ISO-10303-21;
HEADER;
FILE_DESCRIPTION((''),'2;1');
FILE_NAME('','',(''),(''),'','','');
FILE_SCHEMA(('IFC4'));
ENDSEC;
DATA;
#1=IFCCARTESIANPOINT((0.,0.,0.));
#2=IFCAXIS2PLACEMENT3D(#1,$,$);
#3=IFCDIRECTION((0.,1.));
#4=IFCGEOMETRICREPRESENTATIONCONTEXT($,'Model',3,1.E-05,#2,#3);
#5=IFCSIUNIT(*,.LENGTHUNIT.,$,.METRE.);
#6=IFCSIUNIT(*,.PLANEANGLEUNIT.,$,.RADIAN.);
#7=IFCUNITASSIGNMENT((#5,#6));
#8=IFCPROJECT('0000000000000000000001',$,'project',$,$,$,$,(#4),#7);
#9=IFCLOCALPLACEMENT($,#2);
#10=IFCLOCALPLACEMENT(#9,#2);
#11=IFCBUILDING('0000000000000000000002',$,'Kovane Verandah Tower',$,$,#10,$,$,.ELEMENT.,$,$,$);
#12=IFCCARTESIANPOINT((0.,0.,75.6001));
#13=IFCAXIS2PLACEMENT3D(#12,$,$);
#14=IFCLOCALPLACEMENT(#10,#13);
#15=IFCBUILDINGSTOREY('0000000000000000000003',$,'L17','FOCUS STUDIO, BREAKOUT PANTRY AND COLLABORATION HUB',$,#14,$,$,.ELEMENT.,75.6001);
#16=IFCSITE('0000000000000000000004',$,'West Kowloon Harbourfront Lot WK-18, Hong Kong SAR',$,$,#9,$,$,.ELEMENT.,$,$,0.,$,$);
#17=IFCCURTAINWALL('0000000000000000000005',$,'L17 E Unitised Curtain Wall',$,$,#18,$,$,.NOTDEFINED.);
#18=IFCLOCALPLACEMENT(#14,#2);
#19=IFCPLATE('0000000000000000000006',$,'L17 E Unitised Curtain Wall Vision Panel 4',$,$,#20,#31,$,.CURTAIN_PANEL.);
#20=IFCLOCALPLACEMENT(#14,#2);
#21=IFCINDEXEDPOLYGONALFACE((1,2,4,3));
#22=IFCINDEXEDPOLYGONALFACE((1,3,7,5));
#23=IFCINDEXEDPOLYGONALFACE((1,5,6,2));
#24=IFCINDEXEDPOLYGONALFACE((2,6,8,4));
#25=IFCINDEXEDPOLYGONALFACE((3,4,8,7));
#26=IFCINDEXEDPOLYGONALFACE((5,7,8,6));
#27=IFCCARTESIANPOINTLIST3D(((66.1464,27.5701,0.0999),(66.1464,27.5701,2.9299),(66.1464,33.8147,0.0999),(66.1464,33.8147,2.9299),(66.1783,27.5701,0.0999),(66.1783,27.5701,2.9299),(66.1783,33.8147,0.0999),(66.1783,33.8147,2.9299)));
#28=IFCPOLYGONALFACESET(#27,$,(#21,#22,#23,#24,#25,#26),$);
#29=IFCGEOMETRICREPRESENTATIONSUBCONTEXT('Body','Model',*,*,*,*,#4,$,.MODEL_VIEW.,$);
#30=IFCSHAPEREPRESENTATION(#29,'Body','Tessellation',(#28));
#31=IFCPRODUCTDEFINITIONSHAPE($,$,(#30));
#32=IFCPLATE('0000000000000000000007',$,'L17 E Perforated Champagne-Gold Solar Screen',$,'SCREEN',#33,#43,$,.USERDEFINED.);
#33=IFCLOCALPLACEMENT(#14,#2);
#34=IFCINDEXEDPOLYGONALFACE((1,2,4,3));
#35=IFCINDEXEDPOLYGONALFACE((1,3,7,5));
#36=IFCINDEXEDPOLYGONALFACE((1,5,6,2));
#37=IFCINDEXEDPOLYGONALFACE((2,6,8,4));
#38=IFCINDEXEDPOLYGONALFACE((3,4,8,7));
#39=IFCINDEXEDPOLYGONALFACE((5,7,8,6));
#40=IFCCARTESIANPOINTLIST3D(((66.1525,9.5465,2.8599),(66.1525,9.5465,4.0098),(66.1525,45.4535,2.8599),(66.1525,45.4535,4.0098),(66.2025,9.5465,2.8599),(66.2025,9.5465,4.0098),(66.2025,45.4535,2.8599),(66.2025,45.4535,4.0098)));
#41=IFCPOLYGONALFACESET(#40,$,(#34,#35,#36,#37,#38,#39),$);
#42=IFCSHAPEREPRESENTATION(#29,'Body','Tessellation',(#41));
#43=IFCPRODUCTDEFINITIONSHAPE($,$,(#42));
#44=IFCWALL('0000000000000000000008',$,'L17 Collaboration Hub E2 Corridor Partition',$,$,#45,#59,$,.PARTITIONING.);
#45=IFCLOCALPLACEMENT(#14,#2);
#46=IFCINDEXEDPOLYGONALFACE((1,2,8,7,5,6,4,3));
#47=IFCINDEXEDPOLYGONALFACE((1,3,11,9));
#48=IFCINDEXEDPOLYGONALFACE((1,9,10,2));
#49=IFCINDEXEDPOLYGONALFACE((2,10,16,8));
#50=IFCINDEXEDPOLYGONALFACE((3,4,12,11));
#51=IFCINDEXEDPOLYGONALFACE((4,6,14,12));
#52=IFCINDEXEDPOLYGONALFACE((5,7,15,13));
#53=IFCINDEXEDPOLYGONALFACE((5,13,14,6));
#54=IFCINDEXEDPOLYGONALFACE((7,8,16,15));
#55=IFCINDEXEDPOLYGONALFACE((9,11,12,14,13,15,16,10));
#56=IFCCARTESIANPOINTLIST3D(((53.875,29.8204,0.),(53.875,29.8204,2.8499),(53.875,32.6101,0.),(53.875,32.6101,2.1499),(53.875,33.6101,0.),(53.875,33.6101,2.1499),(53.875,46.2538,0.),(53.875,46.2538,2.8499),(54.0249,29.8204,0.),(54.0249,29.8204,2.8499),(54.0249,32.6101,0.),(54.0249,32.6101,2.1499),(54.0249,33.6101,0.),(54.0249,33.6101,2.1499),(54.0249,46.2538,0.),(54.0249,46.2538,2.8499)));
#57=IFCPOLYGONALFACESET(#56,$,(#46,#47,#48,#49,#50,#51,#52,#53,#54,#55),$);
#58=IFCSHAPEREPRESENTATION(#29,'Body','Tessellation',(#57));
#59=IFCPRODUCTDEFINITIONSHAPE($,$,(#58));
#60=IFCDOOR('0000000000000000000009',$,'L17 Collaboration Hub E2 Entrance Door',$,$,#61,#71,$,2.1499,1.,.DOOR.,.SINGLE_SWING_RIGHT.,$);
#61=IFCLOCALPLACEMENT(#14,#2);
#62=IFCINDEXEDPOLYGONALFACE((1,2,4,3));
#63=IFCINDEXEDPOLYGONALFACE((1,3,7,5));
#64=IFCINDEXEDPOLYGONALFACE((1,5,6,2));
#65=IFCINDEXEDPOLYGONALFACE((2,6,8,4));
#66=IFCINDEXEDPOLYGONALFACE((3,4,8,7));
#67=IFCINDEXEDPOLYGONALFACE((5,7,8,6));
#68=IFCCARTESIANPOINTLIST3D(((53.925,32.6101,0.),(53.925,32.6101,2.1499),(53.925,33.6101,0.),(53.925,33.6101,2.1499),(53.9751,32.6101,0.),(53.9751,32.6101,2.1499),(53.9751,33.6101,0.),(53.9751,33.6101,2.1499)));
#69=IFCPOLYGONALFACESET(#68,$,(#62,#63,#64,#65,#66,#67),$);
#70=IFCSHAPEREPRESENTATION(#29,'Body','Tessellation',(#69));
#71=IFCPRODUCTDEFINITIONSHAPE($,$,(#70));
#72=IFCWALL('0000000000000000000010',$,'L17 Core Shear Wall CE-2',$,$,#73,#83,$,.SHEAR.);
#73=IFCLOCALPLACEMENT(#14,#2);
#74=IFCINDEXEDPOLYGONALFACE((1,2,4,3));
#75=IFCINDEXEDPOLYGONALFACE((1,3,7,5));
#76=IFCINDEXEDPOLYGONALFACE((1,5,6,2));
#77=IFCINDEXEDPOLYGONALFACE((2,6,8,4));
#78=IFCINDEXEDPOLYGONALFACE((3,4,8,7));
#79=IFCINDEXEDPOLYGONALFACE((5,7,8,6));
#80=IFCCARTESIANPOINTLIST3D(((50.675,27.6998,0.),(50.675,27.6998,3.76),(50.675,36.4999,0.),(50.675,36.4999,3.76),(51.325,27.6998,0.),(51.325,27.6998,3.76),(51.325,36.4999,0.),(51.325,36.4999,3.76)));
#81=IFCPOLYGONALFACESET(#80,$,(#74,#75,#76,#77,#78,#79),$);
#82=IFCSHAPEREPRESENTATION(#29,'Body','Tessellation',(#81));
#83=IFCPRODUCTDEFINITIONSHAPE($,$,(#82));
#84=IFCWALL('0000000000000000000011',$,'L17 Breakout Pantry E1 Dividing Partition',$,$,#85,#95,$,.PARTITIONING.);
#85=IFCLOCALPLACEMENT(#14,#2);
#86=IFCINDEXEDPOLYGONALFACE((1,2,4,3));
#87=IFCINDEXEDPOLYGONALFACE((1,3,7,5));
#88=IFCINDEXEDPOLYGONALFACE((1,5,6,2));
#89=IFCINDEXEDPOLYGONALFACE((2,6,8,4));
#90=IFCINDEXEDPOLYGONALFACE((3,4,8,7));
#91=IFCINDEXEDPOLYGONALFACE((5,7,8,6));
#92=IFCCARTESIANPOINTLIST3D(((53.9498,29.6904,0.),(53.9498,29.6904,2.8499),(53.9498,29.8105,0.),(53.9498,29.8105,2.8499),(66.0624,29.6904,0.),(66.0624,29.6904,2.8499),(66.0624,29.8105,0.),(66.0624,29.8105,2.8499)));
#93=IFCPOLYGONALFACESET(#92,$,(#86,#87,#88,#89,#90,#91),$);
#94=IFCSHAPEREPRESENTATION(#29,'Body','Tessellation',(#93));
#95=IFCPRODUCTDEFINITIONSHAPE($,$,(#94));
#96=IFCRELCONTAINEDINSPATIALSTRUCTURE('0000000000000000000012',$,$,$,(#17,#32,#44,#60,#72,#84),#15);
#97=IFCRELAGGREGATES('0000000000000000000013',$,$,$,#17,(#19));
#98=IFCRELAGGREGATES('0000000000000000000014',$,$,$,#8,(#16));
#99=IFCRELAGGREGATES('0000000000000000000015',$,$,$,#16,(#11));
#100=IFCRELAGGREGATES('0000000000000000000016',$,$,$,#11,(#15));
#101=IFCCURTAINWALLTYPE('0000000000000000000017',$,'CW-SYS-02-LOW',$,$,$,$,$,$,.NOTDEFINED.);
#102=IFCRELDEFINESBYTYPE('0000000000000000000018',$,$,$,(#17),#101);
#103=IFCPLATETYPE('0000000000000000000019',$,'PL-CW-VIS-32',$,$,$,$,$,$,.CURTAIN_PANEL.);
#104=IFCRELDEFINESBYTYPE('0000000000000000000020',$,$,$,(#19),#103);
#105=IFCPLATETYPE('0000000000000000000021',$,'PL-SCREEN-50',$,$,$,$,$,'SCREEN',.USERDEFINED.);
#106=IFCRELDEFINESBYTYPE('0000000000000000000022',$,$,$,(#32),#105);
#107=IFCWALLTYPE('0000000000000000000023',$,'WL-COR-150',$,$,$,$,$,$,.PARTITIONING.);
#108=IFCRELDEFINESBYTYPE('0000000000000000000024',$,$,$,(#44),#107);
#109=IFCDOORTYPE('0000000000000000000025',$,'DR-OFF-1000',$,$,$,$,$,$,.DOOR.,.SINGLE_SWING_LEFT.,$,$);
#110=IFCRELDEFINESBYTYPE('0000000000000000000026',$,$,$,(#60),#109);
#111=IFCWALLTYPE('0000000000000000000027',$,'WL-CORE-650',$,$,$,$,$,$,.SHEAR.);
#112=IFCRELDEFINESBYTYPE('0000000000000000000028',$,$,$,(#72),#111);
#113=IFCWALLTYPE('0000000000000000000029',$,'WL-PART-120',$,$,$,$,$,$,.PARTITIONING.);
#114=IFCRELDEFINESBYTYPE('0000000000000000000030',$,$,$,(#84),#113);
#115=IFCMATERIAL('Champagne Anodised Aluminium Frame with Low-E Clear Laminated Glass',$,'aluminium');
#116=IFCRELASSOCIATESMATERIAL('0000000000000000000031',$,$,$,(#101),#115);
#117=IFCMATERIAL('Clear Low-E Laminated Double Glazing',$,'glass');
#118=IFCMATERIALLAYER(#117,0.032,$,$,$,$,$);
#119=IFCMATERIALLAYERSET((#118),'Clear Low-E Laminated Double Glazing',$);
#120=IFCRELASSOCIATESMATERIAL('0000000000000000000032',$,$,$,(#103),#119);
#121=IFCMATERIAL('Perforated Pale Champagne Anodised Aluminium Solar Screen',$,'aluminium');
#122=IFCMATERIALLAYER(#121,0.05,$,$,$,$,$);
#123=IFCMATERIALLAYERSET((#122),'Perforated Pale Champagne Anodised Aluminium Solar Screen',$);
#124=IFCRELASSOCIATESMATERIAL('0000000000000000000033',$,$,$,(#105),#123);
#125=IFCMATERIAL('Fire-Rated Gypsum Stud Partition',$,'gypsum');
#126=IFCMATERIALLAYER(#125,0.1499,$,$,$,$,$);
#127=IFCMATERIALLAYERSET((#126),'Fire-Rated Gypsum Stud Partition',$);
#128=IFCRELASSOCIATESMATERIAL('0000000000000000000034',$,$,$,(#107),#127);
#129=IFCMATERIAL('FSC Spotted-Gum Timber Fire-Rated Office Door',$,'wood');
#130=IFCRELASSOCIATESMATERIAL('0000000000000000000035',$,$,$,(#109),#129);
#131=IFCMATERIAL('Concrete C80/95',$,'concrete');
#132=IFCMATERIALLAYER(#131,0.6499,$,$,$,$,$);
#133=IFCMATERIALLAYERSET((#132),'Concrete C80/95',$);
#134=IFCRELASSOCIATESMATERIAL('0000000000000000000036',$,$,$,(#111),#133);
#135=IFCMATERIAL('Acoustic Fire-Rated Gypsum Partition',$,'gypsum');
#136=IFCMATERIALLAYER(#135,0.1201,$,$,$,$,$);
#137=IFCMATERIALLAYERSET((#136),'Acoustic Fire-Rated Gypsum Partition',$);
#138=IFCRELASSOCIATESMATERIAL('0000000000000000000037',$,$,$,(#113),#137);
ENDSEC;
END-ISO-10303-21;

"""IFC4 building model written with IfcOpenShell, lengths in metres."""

from ifc_helpers import new_model, si_unit, direction, frame, frame_2d, origin, origin_2d, place, context, subcontext, project, spatial, rectangle, extrude, material, layer, layer_set, type_object, element, fill, aggregate, save


model = new_model("IFC4")

# Units and contexts
model_context = context("Model", 3, precision=1e-05, world=origin(), true_north=direction((0.0, 1.0)))
body_context = subcontext(model_context, "Body", "Model", "MODEL_VIEW")
ifc_project = project(units=[si_unit("LENGTHUNIT", "METRE"), si_unit("PLANEANGLEUNIT", "RADIAN")], contexts=[model_context])

# Site, building, storey
site_placement = place(None, origin())
site = spatial("IfcSite", under=ifc_project, at=site_placement, Name="West Kowloon Harbourfront Lot WK-18, Hong Kong SAR", CompositionType="ELEMENT", RefElevation=0.0)
building_placement = place(site_placement, origin())
building = spatial("IfcBuilding", under=site, at=building_placement, Name="Kovane Verandah Tower", CompositionType="ELEMENT")
storey_placement = place(building_placement, frame((0.0, 0.0, 75.6001)))
storey = spatial("IfcBuildingStorey", under=building, at=storey_placement, Name="L17", Description="FOCUS STUDIO, BREAKOUT PANTRY AND COLLABORATION HUB", CompositionType="ELEMENT", Elevation=75.6001)

# Shared definitions
ifc_material_1 = material(Name="Concrete C80/95", Category="concrete")

# Curtain wall, plate
ifc_material_2 = material(Name="Champagne Anodised Aluminium Frame with Low-E Clear Laminated Glass", Category="aluminium")
curtain_wall_type = type_object("IfcCurtainWallType", Name="CW-SYS-02-LOW", PredefinedType="NOTDEFINED", material=ifc_material_2)
curtain_wall_placement = place(storey_placement, origin())
curtain_wall = element("IfcCurtainWall", 1, at=curtain_wall_placement, inside=storey, type_object=curtain_wall_type, Name="L17 E Unitised Curtain Wall", PredefinedType="NOTDEFINED")
ifc_material_3 = material(Name="Clear Low-E Laminated Double Glazing", Category="glass")
ifc_layer_1 = layer(ifc_material_3, 0.032)
ifc_layer_set_1 = layer_set([ifc_layer_1], Name="Clear Low-E Laminated Double Glazing")
plate_type_1 = type_object("IfcPlateType", Name="PL-CW-VIS-32", PredefinedType="CURTAIN_PANEL", material=ifc_layer_set_1)
plate_1_placement = place(storey_placement, frame((66.1624, 30.6924, 0.0999), z_axis=(0.0, 0.0, 1.0), x_axis=(0.0, 1.0, 0.0)))
plate_1 = element("IfcPlate", 2, at=plate_1_placement, type_object=plate_type_1, Name="L17 E Unitised Curtain Wall Vision Panel 4", PredefinedType="CURTAIN_PANEL", context=body_context, shape_type="SweptSolid", body=[
    extrude(rectangle(XDim=6.2446, YDim=0.032, at=origin_2d()), origin(), (0.0, 0.0, 1.0), 2.8301),
])
aggregate(curtain_wall, [plate_1])

# Plate
ifc_material_4 = material(Name="Perforated Pale Champagne Anodised Aluminium Solar Screen", Category="aluminium")
ifc_layer_2 = layer(ifc_material_4, 0.05)
ifc_layer_set_2 = layer_set([ifc_layer_2], Name="Perforated Pale Champagne Anodised Aluminium Solar Screen")
plate_type_2 = type_object("IfcPlateType", Name="PL-SCREEN-50", ElementType="SCREEN", PredefinedType="USERDEFINED", material=ifc_layer_set_2)
plate_2_placement = place(storey_placement, frame((66.1775, 27.5, 2.8599), z_axis=(0.0, 0.0, 1.0), x_axis=(0.0, 1.0, 0.0)))
element("IfcPlate", 3, at=plate_2_placement, inside=storey, type_object=plate_type_2, Name="L17 E Perforated Champagne-Gold Solar Screen", ObjectType="SCREEN", PredefinedType="USERDEFINED", context=body_context, shape_type="SweptSolid", body=[
    extrude(rectangle(XDim=35.907, YDim=0.05, at=origin_2d()), origin(), (0.0, 0.0, 1.0), 1.1499),
])

# Wall, opening, door
ifc_material_5 = material(Name="Fire-Rated Gypsum Stud Partition", Category="gypsum")
ifc_layer_3 = layer(ifc_material_5, 0.1499)
ifc_layer_set_3 = layer_set([ifc_layer_3], Name="Fire-Rated Gypsum Stud Partition")
wall_type_1 = type_object("IfcWallType", Name="WL-COR-150", PredefinedType="PARTITIONING", material=ifc_layer_set_3)
wall_1_placement = place(storey_placement, frame((53.95, 29.8203, 0.0), z_axis=(0.0, 0.0, 1.0), x_axis=(0.0, 1.0, 0.0)))
wall_1 = element("IfcWall", 4, at=wall_1_placement, inside=storey, type_object=wall_type_1, Name="L17 Collaboration Hub E2 Corridor Partition", PredefinedType="PARTITIONING", context=body_context, shape_type="SweptSolid", body=[
    extrude(rectangle(XDim=16.4333, YDim=0.1499, at=frame_2d((8.2168, 0.0))), origin(), (0.0, 0.0, 1.0), 2.8499),
])
opening_placement = place(wall_1_placement, frame((2.7898, 0.0, 0.0)))
opening = element("IfcOpeningElement", 5, at=opening_placement, cuts=wall_1, PredefinedType="OPENING", context=body_context, shape_type="SweptSolid", body=[
    extrude(rectangle(XDim=1.0, YDim=2.1499, at=frame_2d((0.5, 1.075))), frame((0.0, 0.075, 0.0), z_axis=(0.0, -1.0, 0.0), x_axis=(1.0, 0.0, 0.0)), (0.0, 0.0, 1.0), 0.1499),
])
ifc_material_6 = material(Name="FSC Spotted-Gum Timber Fire-Rated Office Door", Category="wood")
door_type = type_object("IfcDoorType", Name="DR-OFF-1000", OperationType="SINGLE_SWING_LEFT", PredefinedType="DOOR", material=ifc_material_6)
door_placement = place(opening_placement, origin())
door = element("IfcDoor", 6, at=door_placement, inside=storey, type_object=door_type, Name="L17 Collaboration Hub E2 Entrance Door", OperationType="SINGLE_SWING_RIGHT", OverallHeight=2.1499, OverallWidth=1.0, PredefinedType="DOOR", context=body_context, shape_type="SweptSolid", body=[
    extrude(rectangle(XDim=1.0, YDim=2.1499, at=frame_2d((0.5, 1.075))), frame((0.0, 0.0249, 0.0), z_axis=(0.0, -1.0, 0.0), x_axis=(1.0, 0.0, 0.0)), (0.0, 0.0, 1.0), 0.05),
])
fill(opening, door)

# Walls
ifc_layer_4 = layer(ifc_material_1, 0.6499)
ifc_layer_set_4 = layer_set([ifc_layer_4], Name="Concrete C80/95")
wall_type_2 = type_object("IfcWallType", Name="WL-CORE-650", PredefinedType="SHEAR", material=ifc_layer_set_4)
wall_2_placement = place(storey_placement, frame((51.0, 27.7, 0.0), z_axis=(0.0, 0.0, 1.0), x_axis=(0.0, 1.0, 0.0)))
element("IfcWall", 7, at=wall_2_placement, inside=storey, type_object=wall_type_2, Name="L17 Core Shear Wall CE-2", PredefinedType="SHEAR", context=body_context, shape_type="SweptSolid", body=[
    extrude(rectangle(XDim=8.8, YDim=0.6499, at=frame_2d((4.3999, 0.0))), origin(), (0.0, 0.0, 1.0), 3.76),
])
ifc_material_7 = material(Name="Acoustic Fire-Rated Gypsum Partition", Category="gypsum")
ifc_layer_5 = layer(ifc_material_7, 0.1201)
ifc_layer_set_5 = layer_set([ifc_layer_5], Name="Acoustic Fire-Rated Gypsum Partition")
wall_type_3 = type_object("IfcWallType", Name="WL-PART-120", PredefinedType="PARTITIONING", material=ifc_layer_set_5)
wall_3_placement = place(storey_placement, frame((53.95, 29.7505, 0.0), z_axis=(0.0, 0.0, 1.0), x_axis=(1.0, 0.0, 0.0)))
element("IfcWall", 8, at=wall_3_placement, inside=storey, type_object=wall_type_3, Name="L17 Breakout Pantry E1 Dividing Partition", PredefinedType="PARTITIONING", context=body_context, shape_type="SweptSolid", body=[
    extrude(rectangle(XDim=12.1125, YDim=0.1201, at=frame_2d((6.0562, 0.0))), origin(), (0.0, 0.0, 1.0), 2.8499),
])

save(model, "model.ifc")
